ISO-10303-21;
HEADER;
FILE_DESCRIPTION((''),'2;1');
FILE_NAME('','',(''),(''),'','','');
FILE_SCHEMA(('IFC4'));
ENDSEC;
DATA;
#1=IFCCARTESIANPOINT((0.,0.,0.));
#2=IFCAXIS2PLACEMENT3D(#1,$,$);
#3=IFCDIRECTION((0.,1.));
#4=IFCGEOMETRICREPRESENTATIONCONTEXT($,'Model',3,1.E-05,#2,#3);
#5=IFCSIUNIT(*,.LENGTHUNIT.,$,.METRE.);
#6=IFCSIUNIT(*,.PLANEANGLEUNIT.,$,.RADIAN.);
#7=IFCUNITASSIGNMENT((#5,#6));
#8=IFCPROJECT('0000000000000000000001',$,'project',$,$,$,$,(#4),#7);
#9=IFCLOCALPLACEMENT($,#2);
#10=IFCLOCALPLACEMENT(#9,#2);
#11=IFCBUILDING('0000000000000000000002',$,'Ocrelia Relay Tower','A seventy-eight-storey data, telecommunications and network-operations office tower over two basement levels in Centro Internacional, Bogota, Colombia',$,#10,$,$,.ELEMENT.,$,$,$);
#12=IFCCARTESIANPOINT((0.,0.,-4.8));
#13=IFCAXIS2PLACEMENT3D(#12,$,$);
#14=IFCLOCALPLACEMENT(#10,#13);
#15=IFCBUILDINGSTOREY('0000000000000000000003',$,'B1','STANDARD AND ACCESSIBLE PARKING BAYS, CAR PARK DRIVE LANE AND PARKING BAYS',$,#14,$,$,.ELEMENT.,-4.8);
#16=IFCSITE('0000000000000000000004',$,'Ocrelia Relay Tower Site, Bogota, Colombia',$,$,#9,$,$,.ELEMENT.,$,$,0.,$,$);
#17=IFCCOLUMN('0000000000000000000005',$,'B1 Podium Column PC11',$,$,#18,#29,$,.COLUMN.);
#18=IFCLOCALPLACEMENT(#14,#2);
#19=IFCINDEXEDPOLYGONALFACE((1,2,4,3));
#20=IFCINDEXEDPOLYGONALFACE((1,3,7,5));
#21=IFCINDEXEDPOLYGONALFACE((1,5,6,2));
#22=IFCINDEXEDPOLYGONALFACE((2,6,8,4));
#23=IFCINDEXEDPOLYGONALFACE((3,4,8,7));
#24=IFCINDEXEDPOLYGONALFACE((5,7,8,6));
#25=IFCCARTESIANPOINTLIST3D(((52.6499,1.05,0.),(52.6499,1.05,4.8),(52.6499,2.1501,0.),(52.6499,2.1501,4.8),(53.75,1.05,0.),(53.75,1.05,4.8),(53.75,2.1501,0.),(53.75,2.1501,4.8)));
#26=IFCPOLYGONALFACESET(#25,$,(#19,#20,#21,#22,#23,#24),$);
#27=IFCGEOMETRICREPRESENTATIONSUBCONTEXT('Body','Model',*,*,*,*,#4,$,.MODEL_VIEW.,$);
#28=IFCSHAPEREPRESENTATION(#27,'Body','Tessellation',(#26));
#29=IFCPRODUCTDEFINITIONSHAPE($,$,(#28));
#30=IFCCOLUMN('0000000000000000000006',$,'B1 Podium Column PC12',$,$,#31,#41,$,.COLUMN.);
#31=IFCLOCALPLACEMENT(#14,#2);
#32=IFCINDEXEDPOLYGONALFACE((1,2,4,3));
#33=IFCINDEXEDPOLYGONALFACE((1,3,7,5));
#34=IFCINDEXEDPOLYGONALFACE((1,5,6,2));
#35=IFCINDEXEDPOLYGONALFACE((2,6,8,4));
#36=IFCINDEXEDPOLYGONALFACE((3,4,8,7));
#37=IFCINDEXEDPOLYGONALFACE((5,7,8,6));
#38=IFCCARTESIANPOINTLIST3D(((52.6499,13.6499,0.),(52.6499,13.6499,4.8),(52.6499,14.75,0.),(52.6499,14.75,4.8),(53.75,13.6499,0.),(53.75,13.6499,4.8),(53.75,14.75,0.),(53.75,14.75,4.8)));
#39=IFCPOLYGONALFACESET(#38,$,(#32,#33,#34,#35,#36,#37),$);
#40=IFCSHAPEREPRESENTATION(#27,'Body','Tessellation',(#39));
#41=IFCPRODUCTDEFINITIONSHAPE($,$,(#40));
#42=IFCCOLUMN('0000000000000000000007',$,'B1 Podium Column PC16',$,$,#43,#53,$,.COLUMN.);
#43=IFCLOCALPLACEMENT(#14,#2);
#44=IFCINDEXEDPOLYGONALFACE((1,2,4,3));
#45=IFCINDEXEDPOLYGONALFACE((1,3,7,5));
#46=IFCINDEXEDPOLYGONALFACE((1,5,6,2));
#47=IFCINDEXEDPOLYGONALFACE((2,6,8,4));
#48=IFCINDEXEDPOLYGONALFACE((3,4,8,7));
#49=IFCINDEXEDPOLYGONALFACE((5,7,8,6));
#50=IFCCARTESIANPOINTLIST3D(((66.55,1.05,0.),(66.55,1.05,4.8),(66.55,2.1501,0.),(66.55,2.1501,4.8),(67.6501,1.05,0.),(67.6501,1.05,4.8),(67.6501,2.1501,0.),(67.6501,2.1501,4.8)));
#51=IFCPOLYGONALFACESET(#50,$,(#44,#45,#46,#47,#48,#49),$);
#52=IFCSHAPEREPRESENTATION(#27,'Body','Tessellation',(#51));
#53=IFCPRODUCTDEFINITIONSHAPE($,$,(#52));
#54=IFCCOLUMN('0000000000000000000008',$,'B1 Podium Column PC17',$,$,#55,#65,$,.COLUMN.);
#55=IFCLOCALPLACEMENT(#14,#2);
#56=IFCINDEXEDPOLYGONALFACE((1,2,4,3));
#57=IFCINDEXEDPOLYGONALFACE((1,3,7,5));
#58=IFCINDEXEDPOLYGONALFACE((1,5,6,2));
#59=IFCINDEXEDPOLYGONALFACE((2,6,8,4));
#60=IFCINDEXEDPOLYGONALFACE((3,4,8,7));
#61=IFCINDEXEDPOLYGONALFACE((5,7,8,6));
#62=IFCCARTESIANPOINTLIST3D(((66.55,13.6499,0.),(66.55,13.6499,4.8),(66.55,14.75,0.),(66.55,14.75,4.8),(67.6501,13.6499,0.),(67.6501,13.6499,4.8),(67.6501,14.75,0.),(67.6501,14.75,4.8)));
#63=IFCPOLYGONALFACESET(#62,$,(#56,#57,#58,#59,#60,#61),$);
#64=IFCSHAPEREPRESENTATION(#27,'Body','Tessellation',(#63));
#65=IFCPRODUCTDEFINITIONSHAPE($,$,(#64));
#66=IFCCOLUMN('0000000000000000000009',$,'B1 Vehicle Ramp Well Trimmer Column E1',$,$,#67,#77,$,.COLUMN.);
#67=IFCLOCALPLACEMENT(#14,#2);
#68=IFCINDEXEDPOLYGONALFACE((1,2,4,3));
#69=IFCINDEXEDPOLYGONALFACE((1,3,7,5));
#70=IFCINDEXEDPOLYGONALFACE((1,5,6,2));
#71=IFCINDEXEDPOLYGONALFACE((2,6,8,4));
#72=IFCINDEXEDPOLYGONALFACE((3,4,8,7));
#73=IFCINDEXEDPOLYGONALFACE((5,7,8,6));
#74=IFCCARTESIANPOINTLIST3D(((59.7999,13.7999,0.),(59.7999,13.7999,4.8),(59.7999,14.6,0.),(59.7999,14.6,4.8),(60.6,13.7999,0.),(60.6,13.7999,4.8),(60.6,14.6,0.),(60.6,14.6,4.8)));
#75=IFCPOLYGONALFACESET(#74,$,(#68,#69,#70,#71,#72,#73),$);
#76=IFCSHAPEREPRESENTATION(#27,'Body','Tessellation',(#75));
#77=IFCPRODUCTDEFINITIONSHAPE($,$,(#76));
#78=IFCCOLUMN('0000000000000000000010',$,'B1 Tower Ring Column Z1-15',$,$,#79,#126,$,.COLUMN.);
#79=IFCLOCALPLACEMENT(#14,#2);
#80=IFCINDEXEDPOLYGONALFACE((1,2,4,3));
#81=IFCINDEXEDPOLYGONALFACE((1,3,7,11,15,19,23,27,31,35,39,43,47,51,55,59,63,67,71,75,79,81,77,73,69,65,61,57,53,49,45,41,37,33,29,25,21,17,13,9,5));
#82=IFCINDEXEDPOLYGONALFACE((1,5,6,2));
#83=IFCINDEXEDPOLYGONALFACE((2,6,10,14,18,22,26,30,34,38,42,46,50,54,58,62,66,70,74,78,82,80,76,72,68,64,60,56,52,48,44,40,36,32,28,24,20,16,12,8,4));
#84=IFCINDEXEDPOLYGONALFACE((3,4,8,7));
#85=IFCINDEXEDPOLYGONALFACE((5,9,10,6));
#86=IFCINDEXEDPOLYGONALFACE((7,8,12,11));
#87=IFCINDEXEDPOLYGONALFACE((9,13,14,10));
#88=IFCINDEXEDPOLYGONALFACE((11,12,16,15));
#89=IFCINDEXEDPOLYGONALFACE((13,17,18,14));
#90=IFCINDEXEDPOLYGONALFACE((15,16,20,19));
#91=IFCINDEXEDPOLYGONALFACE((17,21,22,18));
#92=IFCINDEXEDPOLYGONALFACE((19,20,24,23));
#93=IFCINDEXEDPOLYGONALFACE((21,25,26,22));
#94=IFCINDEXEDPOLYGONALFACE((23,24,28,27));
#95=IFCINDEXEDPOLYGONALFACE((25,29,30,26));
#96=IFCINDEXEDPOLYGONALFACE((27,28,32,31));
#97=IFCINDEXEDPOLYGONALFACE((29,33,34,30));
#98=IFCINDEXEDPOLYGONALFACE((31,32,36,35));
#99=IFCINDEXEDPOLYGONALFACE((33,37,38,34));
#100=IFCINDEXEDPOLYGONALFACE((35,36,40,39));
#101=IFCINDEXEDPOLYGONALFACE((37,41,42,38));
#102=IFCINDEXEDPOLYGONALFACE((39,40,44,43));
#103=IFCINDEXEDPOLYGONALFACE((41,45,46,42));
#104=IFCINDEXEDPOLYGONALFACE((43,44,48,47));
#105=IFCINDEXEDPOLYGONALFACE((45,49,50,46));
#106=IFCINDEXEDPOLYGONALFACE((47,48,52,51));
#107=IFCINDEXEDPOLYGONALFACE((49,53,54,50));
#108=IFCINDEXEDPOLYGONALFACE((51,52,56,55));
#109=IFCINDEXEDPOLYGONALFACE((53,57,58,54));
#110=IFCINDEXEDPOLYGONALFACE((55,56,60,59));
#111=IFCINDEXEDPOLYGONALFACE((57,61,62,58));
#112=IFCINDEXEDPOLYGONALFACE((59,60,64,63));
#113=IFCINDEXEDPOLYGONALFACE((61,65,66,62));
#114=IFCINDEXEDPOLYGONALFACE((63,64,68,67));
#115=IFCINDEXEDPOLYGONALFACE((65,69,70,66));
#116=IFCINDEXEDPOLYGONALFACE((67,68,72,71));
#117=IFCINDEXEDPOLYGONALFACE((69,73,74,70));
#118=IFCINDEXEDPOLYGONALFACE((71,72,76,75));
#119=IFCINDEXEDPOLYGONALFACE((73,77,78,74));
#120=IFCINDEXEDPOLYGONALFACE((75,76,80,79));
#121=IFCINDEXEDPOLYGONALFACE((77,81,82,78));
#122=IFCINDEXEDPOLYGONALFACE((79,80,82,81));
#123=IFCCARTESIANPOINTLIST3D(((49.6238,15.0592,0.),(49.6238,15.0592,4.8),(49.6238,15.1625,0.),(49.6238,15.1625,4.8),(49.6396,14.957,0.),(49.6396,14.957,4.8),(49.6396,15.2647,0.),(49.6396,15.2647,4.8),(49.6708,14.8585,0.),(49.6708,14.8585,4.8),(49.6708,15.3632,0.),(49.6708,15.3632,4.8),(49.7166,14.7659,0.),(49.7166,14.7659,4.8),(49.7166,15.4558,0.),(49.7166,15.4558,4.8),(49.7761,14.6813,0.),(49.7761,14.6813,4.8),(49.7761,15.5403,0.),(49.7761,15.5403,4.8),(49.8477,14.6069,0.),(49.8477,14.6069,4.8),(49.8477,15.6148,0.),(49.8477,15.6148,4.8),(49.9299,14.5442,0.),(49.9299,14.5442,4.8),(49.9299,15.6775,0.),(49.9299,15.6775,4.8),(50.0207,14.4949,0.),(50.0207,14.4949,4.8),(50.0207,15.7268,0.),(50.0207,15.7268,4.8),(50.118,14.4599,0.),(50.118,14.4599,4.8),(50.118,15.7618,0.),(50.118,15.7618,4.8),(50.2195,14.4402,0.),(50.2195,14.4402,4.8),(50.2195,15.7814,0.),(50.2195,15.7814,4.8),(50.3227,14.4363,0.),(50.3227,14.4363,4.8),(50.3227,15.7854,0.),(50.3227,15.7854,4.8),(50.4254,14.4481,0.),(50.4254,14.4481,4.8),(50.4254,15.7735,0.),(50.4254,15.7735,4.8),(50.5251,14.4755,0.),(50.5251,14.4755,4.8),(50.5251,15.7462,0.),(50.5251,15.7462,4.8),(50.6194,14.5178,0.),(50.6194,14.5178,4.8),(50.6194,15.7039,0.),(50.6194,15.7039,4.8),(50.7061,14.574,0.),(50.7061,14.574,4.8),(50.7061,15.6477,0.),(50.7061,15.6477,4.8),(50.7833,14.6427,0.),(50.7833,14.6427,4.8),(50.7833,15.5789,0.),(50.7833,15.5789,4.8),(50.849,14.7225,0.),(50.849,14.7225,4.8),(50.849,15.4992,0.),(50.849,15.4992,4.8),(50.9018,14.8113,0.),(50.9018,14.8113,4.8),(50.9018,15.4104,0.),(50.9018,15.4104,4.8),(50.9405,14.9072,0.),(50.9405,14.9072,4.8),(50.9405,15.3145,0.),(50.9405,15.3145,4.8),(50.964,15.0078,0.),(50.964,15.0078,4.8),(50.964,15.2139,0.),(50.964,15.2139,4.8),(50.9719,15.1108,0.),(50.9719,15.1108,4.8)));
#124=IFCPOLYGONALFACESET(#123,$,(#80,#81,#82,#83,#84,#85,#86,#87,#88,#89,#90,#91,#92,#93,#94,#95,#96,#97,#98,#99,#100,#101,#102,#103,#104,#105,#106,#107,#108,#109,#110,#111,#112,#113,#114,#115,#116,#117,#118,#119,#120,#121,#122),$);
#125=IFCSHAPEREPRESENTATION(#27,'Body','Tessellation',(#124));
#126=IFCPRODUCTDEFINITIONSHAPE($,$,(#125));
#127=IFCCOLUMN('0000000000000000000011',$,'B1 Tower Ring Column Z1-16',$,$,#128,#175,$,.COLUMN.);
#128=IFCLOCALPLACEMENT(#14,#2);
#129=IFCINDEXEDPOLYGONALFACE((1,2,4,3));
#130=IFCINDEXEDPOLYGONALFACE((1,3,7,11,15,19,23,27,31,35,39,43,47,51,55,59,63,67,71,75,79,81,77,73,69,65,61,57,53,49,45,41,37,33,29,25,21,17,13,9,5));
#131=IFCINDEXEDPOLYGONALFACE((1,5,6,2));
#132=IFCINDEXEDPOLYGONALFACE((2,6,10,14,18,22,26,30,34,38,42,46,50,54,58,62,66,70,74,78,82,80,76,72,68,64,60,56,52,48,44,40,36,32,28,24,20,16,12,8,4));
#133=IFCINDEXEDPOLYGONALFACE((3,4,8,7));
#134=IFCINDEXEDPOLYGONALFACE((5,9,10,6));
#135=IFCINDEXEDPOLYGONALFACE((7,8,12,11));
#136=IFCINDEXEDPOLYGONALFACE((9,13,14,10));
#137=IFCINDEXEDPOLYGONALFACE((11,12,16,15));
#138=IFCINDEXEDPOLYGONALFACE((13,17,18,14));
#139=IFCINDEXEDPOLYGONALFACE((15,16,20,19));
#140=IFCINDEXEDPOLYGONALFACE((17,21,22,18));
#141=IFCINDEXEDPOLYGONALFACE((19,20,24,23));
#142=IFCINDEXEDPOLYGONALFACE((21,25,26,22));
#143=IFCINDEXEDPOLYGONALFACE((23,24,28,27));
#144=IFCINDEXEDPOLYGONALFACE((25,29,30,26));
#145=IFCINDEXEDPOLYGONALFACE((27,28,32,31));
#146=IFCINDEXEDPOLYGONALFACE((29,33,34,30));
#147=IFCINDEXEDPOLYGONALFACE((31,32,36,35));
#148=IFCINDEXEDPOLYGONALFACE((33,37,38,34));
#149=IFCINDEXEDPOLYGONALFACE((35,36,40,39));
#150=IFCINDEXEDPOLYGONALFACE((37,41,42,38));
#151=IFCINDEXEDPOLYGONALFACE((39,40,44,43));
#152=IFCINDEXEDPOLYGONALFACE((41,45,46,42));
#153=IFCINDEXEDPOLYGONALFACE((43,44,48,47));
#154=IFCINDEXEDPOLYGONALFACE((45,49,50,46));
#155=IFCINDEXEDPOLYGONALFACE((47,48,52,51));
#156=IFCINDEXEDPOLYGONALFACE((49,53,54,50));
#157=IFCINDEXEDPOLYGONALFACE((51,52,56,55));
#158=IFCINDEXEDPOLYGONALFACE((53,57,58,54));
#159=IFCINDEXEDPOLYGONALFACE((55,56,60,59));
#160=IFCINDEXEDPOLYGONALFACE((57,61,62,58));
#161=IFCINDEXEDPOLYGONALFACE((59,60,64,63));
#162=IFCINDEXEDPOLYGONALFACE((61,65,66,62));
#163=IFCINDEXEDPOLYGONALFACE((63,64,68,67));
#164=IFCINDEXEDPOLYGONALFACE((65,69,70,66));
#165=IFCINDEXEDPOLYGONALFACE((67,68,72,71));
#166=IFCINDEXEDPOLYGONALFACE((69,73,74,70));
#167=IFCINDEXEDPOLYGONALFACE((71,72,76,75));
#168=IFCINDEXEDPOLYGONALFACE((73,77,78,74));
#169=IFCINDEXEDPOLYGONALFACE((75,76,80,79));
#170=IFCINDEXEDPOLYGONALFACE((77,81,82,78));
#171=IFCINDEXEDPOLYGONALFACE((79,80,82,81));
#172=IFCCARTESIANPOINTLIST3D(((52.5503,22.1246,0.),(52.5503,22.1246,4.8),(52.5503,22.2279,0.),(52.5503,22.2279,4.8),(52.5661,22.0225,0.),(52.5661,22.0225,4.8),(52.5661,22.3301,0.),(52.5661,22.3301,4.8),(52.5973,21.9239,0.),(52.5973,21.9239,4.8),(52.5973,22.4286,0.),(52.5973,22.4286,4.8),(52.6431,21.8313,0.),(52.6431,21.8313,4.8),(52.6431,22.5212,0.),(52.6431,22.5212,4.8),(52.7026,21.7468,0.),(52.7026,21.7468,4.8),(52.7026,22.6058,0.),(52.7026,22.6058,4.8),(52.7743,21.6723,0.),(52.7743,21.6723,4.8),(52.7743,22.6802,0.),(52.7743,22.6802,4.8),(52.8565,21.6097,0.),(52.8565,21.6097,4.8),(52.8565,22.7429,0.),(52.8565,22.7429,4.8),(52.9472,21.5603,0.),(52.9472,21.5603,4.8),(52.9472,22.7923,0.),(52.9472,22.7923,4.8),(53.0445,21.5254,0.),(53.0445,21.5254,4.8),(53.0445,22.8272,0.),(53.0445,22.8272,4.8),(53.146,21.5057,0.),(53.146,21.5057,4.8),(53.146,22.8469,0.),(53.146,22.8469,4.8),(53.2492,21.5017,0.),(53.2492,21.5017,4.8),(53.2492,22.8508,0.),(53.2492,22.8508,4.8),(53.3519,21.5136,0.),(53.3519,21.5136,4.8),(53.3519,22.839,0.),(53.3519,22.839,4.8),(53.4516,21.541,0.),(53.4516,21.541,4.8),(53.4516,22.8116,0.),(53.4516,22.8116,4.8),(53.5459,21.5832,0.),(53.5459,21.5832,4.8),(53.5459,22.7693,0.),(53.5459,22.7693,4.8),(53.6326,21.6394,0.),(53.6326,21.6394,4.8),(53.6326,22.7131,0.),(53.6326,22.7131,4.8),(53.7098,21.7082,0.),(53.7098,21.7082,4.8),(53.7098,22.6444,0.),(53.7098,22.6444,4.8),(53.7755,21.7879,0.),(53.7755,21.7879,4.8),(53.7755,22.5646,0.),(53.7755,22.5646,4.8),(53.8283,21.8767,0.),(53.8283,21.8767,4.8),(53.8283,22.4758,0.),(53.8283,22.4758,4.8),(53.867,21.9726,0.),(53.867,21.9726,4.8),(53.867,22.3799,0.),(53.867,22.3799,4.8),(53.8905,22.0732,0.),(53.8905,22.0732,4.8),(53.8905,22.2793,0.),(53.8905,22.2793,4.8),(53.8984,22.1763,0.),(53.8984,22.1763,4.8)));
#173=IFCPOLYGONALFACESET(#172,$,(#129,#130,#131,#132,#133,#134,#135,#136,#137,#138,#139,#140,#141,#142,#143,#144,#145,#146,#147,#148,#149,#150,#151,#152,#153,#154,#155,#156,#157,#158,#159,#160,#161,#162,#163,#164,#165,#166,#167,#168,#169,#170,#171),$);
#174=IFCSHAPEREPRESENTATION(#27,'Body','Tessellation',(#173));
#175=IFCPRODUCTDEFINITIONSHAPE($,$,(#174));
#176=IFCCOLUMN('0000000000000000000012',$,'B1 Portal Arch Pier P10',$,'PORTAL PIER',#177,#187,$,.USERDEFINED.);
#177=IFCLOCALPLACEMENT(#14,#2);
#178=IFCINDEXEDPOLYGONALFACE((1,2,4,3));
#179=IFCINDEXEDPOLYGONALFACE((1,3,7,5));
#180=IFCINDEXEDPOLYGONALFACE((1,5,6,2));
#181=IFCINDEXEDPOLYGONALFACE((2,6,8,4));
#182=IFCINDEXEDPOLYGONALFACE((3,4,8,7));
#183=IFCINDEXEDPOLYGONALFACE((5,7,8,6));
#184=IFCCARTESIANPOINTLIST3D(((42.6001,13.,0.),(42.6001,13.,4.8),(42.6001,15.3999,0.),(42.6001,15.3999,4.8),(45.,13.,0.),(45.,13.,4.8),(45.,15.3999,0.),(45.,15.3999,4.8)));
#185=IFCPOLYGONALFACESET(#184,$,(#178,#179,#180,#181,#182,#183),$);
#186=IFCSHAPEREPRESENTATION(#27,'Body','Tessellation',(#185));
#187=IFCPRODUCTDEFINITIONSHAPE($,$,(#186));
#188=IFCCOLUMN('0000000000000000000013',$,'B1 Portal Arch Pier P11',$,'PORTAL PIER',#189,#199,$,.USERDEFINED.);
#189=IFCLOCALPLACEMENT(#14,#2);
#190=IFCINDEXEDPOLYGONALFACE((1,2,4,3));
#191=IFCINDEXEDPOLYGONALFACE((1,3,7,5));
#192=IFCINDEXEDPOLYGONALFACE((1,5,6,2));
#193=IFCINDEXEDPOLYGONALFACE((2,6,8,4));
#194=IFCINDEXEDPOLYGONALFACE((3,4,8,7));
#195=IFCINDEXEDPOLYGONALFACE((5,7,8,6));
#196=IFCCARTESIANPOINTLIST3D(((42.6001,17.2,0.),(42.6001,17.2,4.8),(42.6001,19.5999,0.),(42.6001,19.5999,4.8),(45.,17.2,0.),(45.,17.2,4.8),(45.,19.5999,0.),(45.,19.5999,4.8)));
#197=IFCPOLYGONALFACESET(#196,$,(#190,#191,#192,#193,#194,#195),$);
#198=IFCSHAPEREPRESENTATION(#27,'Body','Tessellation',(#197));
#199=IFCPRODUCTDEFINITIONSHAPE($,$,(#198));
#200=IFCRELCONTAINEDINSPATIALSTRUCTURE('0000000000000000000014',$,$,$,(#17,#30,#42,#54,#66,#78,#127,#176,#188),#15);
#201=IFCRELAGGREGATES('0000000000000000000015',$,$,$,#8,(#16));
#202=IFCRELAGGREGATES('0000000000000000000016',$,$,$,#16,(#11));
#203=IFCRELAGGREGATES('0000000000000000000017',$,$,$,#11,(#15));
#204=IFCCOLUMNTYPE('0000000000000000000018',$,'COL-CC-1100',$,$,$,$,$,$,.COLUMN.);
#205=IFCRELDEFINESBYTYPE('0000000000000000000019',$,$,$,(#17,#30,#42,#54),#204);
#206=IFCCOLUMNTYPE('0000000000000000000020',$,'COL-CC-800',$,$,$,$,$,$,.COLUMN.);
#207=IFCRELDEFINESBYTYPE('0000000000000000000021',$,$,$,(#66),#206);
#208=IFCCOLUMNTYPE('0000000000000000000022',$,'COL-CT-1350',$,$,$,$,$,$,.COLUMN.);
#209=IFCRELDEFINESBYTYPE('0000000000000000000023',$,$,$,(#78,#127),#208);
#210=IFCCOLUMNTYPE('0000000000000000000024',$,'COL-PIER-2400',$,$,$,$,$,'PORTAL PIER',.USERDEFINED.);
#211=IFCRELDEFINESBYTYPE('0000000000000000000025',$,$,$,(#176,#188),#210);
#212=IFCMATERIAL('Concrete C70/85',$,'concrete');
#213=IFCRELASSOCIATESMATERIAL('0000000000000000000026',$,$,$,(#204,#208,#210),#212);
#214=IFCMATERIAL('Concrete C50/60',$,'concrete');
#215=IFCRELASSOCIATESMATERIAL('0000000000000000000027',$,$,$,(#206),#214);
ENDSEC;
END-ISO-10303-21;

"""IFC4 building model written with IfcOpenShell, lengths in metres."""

from ifc_helpers import new_model, si_unit, direction, frame, origin, origin_2d, place, context, subcontext, project, spatial, rectangle, circle, extrude, material, material_profile, profile_set, type_object, element, save


model = new_model("IFC4")

# Units and contexts
model_context = context("Model", 3, precision=1e-05, world=origin(), true_north=direction((0.0, 1.0)))
body_context = subcontext(model_context, "Body", "Model", "MODEL_VIEW")
ifc_project = project(units=[si_unit("LENGTHUNIT", "METRE"), si_unit("PLANEANGLEUNIT", "RADIAN")], contexts=[model_context])

# Site, building, storey
site_placement = place(None, origin())
site = spatial("IfcSite", under=ifc_project, at=site_placement, Name="Ocrelia Relay Tower Site, Bogota, Colombia", CompositionType="ELEMENT", RefElevation=0.0)
building_placement = place(site_placement, origin())
building = spatial("IfcBuilding", under=site, at=building_placement, Name="Ocrelia Relay Tower", Description="A seventy-eight-storey data, telecommunications and network-operations office tower over two basement levels in Centro Internacional, Bogota, Colombia", CompositionType="ELEMENT")
storey_placement = place(building_placement, frame((0.0, 0.0, -4.8)))
storey = spatial("IfcBuildingStorey", under=building, at=storey_placement, Name="B1", Description="STANDARD AND ACCESSIBLE PARKING BAYS, CAR PARK DRIVE LANE AND PARKING BAYS", CompositionType="ELEMENT", Elevation=-4.8)

# Columns
ifc_material_1 = material(Name="Concrete C70/85", Category="concrete")
ifc_material_profile_1 = material_profile(ifc_material_1, rectangle(XDim=1.1001, YDim=1.1001, at=origin_2d()), Name="RC-COL-1100x1100")
ifc_profile_set_1 = profile_set([ifc_material_profile_1], Name="Concrete C70/85")
column_type_1 = type_object("IfcColumnType", Name="COL-CC-1100", PredefinedType="COLUMN", material=ifc_profile_set_1)
for number, where, z_axis, x_axis, name in (
    (1, (53.2, 1.6001, 0.0), (0.0, 0.0, 1.0), (1.0, 0.0, 0.0), "B1 Podium Column PC11"),
    (2, (53.2, 14.2, 0.0), (0.0, 0.0, 1.0), (1.0, 0.0, 0.0), "B1 Podium Column PC12"),
    (3, (67.1001, 1.6001, 0.0), (0.0, 0.0, 1.0), (1.0, 0.0, 0.0), "B1 Podium Column PC16"),
    (4, (67.1001, 14.2, 0.0), (0.0, 0.0, 1.0), (1.0, 0.0, 0.0), "B1 Podium Column PC17"),
):
    element("IfcColumn", number, at=place(storey_placement, frame(where, z_axis=z_axis, x_axis=x_axis)), inside=storey, type_object=column_type_1, Name=name, PredefinedType="COLUMN", context=body_context, shape_type="SweptSolid", body=[
        extrude(rectangle(XDim=1.1001, YDim=1.1001, at=origin_2d()), origin(), (0.0, 0.0, 1.0), 4.8),
    ])
ifc_material_2 = material(Name="Concrete C50/60", Category="concrete")
ifc_material_profile_2 = material_profile(ifc_material_2, rectangle(XDim=0.8, YDim=0.8, at=origin_2d()), Name="RC-COL-800x800")
ifc_profile_set_2 = profile_set([ifc_material_profile_2], Name="Concrete C50/60")
column_type_2 = type_object("IfcColumnType", Name="COL-CC-800", PredefinedType="COLUMN", material=ifc_profile_set_2)
column_placement = place(storey_placement, frame((60.2, 14.2, 0.0), z_axis=(0.0, 0.0, 1.0), x_axis=(1.0, 0.0, 0.0)))
element("IfcColumn", 5, at=column_placement, inside=storey, type_object=column_type_2, Name="B1 Vehicle Ramp Well Trimmer Column E1", PredefinedType="COLUMN", context=body_context, shape_type="SweptSolid", body=[
    extrude(rectangle(XDim=0.8, YDim=0.8, at=origin_2d()), origin(), (0.0, 0.0, 1.0), 4.8),
])
ifc_material_profile_3 = material_profile(ifc_material_1, circle(Radius=0.675, at=origin_2d()), Name="RC-CIR-1350")
ifc_profile_set_3 = profile_set([ifc_material_profile_3], Name="Concrete C70/85")
column_type_3 = type_object("IfcColumnType", Name="COL-CT-1350", PredefinedType="COLUMN", material=ifc_profile_set_3)
for number, where, z_axis, x_axis, name in (
    (6, (50.2969, 15.1108, 0.0), (0.0, 0.0, 1.0), (1.0, 0.0, 0.0), "B1 Tower Ring Column Z1-15"),
    (7, (53.2234, 22.1763, 0.0), (0.0, 0.0, 1.0), (1.0, 0.0, 0.0), "B1 Tower Ring Column Z1-16"),
):
    element("IfcColumn", number, at=place(storey_placement, frame(where, z_axis=z_axis, x_axis=x_axis)), inside=storey, type_object=column_type_3, Name=name, PredefinedType="COLUMN", context=body_context, shape_type="SweptSolid", body=[
        extrude(circle(Radius=0.675, at=origin_2d()), origin(), (0.0, 0.0, 1.0), 4.8),
    ])
ifc_material_profile_4 = material_profile(ifc_material_1, rectangle(XDim=2.3999, YDim=2.3999, at=origin_2d()), Name="RC-PIER-2400x2400")
ifc_profile_set_4 = profile_set([ifc_material_profile_4], Name="Concrete C70/85")
column_type_4 = type_object("IfcColumnType", Name="COL-PIER-2400", ElementType="PORTAL PIER", PredefinedType="USERDEFINED", material=ifc_profile_set_4)
for number, where, z_axis, x_axis, name in (
    (8, (43.8, 14.2, 0.0), (0.0, 0.0, 1.0), (1.0, 0.0, 0.0), "B1 Portal Arch Pier P10"),
    (9, (43.8, 18.3999, 0.0), (0.0, 0.0, 1.0), (1.0, 0.0, 0.0), "B1 Portal Arch Pier P11"),
):
    element("IfcColumn", number, at=place(storey_placement, frame(where, z_axis=z_axis, x_axis=x_axis)), inside=storey, type_object=column_type_4, Name=name, ObjectType="PORTAL PIER", PredefinedType="USERDEFINED", context=body_context, shape_type="SweptSolid", body=[
        extrude(rectangle(XDim=2.3999, YDim=2.3999, at=origin_2d()), origin(), (0.0, 0.0, 1.0), 4.8),
    ])

save(model, "model.ifc")
